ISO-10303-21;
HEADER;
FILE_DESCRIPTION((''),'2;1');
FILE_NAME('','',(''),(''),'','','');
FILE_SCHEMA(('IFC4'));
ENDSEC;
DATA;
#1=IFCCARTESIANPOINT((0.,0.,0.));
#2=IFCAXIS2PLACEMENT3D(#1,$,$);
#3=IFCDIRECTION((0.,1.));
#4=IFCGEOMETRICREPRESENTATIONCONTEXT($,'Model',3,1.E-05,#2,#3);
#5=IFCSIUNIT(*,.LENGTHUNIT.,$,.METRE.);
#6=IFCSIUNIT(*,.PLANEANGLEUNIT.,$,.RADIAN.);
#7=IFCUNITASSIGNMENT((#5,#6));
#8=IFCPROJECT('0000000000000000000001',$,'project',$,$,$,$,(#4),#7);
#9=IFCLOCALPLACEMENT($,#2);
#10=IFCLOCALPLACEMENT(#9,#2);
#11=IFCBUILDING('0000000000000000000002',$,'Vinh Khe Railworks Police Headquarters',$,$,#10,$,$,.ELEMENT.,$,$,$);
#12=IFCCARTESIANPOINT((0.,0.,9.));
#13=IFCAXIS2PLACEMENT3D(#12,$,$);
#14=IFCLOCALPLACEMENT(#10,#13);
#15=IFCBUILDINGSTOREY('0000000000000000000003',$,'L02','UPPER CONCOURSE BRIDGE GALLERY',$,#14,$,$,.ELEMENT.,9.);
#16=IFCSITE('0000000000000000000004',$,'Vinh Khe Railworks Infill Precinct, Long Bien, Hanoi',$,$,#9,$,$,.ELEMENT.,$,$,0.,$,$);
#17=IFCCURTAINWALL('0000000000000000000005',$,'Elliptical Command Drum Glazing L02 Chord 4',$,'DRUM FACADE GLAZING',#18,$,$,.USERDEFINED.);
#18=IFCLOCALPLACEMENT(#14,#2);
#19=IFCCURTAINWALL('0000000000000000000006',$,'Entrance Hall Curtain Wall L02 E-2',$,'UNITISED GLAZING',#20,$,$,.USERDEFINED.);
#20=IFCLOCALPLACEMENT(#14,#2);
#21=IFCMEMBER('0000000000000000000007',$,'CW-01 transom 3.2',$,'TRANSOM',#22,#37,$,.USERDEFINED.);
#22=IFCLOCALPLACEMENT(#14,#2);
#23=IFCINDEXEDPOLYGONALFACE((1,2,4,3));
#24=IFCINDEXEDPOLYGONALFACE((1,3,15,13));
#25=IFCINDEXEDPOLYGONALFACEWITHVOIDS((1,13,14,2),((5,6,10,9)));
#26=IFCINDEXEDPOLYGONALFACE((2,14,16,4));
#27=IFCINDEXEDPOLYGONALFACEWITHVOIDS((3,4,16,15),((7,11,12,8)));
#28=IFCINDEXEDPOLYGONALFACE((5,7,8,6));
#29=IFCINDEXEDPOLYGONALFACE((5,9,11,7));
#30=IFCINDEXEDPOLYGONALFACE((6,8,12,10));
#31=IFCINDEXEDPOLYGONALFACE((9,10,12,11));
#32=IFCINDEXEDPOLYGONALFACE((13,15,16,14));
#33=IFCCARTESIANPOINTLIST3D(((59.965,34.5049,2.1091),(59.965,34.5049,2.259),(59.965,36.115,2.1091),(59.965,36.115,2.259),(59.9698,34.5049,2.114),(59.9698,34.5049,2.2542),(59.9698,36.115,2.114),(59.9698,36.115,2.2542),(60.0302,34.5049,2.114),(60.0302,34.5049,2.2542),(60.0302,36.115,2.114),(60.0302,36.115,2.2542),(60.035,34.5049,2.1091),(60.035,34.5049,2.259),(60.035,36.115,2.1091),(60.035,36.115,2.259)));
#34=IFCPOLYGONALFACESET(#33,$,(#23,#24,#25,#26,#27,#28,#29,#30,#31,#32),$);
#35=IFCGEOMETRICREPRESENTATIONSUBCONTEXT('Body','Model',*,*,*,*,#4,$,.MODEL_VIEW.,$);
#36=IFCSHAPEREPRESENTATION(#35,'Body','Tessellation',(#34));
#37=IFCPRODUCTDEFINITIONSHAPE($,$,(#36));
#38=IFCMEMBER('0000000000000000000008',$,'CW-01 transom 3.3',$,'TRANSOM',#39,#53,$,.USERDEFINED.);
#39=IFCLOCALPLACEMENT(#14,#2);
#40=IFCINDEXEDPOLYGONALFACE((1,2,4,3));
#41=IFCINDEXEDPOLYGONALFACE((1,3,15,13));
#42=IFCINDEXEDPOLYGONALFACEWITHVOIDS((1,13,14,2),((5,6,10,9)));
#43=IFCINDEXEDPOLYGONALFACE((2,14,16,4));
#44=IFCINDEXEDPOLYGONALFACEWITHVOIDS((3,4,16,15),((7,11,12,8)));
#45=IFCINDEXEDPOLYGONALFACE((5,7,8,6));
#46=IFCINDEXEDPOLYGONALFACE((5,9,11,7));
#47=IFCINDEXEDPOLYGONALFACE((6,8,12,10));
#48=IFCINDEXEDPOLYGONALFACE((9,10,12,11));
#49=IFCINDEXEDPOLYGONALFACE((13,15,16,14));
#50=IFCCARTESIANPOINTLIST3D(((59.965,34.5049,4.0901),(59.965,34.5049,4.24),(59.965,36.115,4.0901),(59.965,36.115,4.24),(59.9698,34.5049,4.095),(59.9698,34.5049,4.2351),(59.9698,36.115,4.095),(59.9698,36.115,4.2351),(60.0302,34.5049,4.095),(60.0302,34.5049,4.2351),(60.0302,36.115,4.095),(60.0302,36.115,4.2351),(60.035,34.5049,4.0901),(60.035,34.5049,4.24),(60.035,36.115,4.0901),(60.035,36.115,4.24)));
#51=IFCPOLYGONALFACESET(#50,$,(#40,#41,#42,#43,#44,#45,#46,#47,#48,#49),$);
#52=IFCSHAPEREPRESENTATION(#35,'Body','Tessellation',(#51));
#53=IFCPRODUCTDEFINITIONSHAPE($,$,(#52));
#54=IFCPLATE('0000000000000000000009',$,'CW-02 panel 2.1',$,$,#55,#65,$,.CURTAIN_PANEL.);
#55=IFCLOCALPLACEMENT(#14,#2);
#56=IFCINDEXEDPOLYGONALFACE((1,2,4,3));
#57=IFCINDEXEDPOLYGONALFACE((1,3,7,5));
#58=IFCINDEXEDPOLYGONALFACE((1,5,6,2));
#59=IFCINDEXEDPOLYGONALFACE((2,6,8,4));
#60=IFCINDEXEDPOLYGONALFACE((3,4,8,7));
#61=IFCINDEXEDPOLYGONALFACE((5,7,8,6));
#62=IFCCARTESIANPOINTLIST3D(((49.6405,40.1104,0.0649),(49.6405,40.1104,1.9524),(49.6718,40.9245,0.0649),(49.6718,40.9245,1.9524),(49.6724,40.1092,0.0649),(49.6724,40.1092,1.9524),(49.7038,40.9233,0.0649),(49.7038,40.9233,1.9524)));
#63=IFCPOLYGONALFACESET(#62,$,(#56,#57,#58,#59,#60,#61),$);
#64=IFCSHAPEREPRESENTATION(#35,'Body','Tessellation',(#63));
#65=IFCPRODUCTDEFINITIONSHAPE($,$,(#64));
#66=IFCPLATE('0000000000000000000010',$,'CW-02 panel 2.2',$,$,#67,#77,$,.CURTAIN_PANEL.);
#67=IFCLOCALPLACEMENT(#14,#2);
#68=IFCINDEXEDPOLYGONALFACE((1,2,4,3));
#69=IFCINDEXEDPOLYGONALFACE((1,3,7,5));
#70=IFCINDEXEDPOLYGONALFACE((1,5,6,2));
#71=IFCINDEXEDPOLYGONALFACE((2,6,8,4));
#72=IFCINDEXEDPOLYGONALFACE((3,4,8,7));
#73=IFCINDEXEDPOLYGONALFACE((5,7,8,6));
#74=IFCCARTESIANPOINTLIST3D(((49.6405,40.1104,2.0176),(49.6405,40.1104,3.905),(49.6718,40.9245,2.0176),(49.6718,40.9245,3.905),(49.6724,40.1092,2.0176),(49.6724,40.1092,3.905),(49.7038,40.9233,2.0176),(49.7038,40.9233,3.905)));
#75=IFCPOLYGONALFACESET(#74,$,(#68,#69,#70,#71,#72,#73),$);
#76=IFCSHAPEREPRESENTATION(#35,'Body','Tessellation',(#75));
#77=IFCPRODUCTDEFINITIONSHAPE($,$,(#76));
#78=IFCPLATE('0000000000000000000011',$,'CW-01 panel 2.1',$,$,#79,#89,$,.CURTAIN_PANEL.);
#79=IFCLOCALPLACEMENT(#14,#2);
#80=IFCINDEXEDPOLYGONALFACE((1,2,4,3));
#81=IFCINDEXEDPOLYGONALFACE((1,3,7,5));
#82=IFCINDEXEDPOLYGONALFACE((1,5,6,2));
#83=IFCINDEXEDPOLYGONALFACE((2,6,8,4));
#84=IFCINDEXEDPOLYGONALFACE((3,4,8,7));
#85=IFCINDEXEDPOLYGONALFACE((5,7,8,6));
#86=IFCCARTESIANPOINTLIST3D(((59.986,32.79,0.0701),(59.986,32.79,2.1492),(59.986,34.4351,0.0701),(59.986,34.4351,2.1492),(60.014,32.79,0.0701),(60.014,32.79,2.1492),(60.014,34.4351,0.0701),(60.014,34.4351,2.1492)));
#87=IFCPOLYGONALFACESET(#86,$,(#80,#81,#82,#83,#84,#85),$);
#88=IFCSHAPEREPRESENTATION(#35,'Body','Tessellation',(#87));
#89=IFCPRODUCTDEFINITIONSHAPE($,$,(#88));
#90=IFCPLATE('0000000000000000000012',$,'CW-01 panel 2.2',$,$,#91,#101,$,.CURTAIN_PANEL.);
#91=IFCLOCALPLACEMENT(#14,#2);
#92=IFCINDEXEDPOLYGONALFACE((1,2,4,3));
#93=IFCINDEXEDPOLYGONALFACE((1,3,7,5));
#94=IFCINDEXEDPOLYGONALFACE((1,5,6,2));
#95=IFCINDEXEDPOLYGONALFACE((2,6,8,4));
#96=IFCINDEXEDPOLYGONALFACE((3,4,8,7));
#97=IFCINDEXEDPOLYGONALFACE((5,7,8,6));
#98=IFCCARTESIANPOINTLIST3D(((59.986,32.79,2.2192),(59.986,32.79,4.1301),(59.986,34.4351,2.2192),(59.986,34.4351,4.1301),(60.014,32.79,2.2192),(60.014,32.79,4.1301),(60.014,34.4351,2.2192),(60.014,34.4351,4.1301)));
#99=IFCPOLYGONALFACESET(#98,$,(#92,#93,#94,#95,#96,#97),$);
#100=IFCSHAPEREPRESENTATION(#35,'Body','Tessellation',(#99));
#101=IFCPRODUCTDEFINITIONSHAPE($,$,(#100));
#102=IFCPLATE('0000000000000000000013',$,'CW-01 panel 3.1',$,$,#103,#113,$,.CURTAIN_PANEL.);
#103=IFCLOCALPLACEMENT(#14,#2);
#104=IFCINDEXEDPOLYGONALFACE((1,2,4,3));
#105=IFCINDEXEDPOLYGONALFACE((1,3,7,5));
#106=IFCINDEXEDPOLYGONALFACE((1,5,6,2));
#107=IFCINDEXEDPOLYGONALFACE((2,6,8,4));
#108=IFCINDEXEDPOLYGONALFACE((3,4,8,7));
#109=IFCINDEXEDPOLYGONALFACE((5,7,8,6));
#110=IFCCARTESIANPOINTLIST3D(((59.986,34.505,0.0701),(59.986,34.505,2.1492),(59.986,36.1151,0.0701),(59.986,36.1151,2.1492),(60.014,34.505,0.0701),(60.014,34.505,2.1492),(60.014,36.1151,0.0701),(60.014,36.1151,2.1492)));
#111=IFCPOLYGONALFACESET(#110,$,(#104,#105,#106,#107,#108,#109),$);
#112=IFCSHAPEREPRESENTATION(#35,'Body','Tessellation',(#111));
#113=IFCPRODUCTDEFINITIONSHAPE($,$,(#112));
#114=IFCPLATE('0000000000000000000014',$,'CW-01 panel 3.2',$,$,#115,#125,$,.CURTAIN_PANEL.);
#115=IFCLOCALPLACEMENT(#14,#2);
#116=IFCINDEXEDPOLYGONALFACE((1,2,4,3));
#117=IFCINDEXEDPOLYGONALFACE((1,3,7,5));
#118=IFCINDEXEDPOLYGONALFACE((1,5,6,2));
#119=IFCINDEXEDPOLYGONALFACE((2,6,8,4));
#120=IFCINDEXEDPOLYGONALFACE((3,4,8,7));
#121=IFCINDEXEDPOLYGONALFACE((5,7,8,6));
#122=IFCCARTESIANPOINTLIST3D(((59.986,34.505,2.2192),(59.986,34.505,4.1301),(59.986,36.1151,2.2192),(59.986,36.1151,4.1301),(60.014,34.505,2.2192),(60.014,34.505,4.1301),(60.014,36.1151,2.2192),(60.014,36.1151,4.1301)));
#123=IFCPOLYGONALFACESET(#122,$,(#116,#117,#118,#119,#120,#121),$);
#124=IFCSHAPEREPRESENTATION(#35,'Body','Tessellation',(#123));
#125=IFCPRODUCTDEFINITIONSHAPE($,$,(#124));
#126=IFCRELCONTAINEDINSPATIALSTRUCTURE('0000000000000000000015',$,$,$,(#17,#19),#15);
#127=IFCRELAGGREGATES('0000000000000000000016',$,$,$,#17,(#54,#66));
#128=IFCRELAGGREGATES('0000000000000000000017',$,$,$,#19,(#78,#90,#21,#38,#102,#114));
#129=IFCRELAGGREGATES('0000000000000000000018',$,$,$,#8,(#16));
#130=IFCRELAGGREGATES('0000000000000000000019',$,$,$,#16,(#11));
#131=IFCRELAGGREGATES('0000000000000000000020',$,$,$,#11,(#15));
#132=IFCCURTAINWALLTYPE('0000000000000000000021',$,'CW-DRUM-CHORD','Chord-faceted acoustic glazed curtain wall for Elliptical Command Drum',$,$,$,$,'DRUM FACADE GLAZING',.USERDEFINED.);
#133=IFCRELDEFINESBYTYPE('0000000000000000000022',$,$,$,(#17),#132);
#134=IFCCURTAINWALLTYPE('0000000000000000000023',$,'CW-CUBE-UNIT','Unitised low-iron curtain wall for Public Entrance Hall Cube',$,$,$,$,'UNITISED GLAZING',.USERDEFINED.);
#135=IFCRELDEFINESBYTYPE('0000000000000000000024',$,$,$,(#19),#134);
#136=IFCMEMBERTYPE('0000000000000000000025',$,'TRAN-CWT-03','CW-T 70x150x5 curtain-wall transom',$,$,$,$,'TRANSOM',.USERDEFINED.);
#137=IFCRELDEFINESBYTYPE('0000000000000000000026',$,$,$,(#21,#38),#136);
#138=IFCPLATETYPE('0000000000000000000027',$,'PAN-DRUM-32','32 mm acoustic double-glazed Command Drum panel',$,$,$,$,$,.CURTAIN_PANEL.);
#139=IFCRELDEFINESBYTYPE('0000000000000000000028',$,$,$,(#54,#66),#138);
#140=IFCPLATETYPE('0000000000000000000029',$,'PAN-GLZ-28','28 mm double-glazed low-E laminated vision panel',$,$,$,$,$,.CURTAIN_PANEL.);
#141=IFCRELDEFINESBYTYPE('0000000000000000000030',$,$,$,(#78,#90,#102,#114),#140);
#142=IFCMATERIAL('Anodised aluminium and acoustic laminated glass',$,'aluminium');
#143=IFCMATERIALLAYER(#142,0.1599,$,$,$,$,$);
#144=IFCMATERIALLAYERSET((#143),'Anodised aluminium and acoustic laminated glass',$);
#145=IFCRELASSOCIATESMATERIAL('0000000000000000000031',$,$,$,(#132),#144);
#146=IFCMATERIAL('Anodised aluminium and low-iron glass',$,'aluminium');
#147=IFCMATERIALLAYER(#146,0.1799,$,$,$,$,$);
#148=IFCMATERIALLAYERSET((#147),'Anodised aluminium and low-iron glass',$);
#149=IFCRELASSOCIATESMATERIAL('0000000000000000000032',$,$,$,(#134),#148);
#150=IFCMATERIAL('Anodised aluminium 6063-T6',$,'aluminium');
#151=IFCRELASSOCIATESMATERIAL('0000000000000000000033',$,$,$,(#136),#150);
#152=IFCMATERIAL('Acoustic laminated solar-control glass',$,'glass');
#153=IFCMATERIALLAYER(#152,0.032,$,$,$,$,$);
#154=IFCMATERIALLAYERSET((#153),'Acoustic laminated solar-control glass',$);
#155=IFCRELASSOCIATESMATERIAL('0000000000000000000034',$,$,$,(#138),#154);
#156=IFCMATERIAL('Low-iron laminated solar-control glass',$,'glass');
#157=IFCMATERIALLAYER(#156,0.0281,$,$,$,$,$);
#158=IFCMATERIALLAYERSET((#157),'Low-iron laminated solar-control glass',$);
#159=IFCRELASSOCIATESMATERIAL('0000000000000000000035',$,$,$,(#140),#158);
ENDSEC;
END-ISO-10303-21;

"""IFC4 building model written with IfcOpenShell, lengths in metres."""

from ifc_helpers import new_model, si_unit, direction, frame, origin, origin_2d, place, context, subcontext, project, spatial, rectangle, hollow_rectangle, extrude, material, layer, layer_set, material_profile, profile_set, type_object, element, aggregate, save


model = new_model("IFC4")

# Units and contexts
model_context = context("Model", 3, precision=1e-05, world=origin(), true_north=direction((0.0, 1.0)))
body_context = subcontext(model_context, "Body", "Model", "MODEL_VIEW")
ifc_project = project(units=[si_unit("LENGTHUNIT", "METRE"), si_unit("PLANEANGLEUNIT", "RADIAN")], contexts=[model_context])

# Site, building, storey
site_placement = place(None, origin())
site = spatial("IfcSite", under=ifc_project, at=site_placement, Name="Vinh Khe Railworks Infill Precinct, Long Bien, Hanoi", CompositionType="ELEMENT", RefElevation=0.0)
building_placement = place(site_placement, origin())
building = spatial("IfcBuilding", under=site, at=building_placement, Name="Vinh Khe Railworks Police Headquarters", CompositionType="ELEMENT")
storey_placement = place(building_placement, frame((0.0, 0.0, 9.0)))
storey = spatial("IfcBuildingStorey", under=building, at=storey_placement, Name="L02", Description="UPPER CONCOURSE BRIDGE GALLERY", CompositionType="ELEMENT", Elevation=9.0)

# Curtain wall
ifc_material_1 = material(Name="Anodised aluminium and acoustic laminated glass", Category="aluminium")
ifc_layer_1 = layer(ifc_material_1, 0.1599)
ifc_layer_set_1 = layer_set([ifc_layer_1], Name="Anodised aluminium and acoustic laminated glass")
curtain_wall_type_1 = type_object("IfcCurtainWallType", Name="CW-DRUM-CHORD", Description="Chord-faceted acoustic glazed curtain wall for Elliptical Command Drum", ElementType="DRUM FACADE GLAZING", PredefinedType="USERDEFINED", material=ifc_layer_set_1)
curtain_wall_1_placement = place(storey_placement, origin())
curtain_wall_1 = element("IfcCurtainWall", 1, at=curtain_wall_1_placement, inside=storey, type_object=curtain_wall_type_1, Name="Elliptical Command Drum Glazing L02 Chord 4", ObjectType="DRUM FACADE GLAZING", PredefinedType="USERDEFINED")
ifc_material_2 = material(Name="Anodised aluminium 6063-T6", Category="aluminium")

# Curtain wall
ifc_material_3 = material(Name="Anodised aluminium and low-iron glass", Category="aluminium")
ifc_layer_2 = layer(ifc_material_3, 0.1799)
ifc_layer_set_2 = layer_set([ifc_layer_2], Name="Anodised aluminium and low-iron glass")
curtain_wall_type_2 = type_object("IfcCurtainWallType", Name="CW-CUBE-UNIT", Description="Unitised low-iron curtain wall for Public Entrance Hall Cube", ElementType="UNITISED GLAZING", PredefinedType="USERDEFINED", material=ifc_layer_set_2)
curtain_wall_2_placement = place(storey_placement, origin())
curtain_wall_2 = element("IfcCurtainWall", 2, at=curtain_wall_2_placement, inside=storey, type_object=curtain_wall_type_2, Name="Entrance Hall Curtain Wall L02 E-2", ObjectType="UNITISED GLAZING", PredefinedType="USERDEFINED")

# Members
ifc_material_profile_1 = material_profile(ifc_material_2, hollow_rectangle(XDim=0.0701, YDim=0.1499, WallThickness=0.0049, at=origin_2d()), Name="CW-T 70x150x5")
ifc_profile_set_1 = profile_set([ifc_material_profile_1], Name="Anodised aluminium 6063-T6")
member_type_1 = type_object("IfcMemberType", Name="TRAN-CWT-03", Description="CW-T 70x150x5 curtain-wall transom", ElementType="TRANSOM", PredefinedType="USERDEFINED", material=ifc_profile_set_1)
member_1_placement = place(storey_placement, frame((60.0, 34.5049, 2.1841), z_axis=(0.0, 1.0, 0.0), x_axis=(-1.0, 0.0, 0.0)))
member_1 = element("IfcMember", 3, at=member_1_placement, type_object=member_type_1, Name="CW-01 transom 3.2", ObjectType="TRANSOM", PredefinedType="USERDEFINED", context=body_context, shape_type="SweptSolid", body=[
    extrude(hollow_rectangle(XDim=0.0701, YDim=0.1499, WallThickness=0.0049, at=origin_2d()), origin(), (0.0, 0.0, 1.0), 1.6101),
])
member_2_placement = place(storey_placement, frame((60.0, 34.5049, 4.165), z_axis=(0.0, 1.0, 0.0), x_axis=(-1.0, 0.0, 0.0)))
member_2 = element("IfcMember", 4, at=member_2_placement, type_object=member_type_1, Name="CW-01 transom 3.3", ObjectType="TRANSOM", PredefinedType="USERDEFINED", context=body_context, shape_type="SweptSolid", body=[
    extrude(hollow_rectangle(XDim=0.0701, YDim=0.1499, WallThickness=0.0049, at=origin_2d()), origin(), (0.0, 0.0, 1.0), 1.6101),
])

# Plates
ifc_material_4 = material(Name="Acoustic laminated solar-control glass", Category="glass")
ifc_layer_3 = layer(ifc_material_4, 0.032)
ifc_layer_set_3 = layer_set([ifc_layer_3], Name="Acoustic laminated solar-control glass")
plate_type_1 = type_object("IfcPlateType", Name="PAN-DRUM-32", Description="32 mm acoustic double-glazed Command Drum panel", PredefinedType="CURTAIN_PANEL", material=ifc_layer_set_3)
plate_1_placement = place(storey_placement, frame((49.6721, 40.5168, 0.0649), z_axis=(0.0, 0.0, 1.0), x_axis=(0.038513, 0.999258, 0.0)))
plate_1 = element("IfcPlate", 5, at=plate_1_placement, type_object=plate_type_1, Name="CW-02 panel 2.1", PredefinedType="CURTAIN_PANEL", context=body_context, shape_type="SweptSolid", body=[
    extrude(rectangle(XDim=0.8147, YDim=0.032, at=origin_2d()), origin(), (0.0, 0.0, 1.0), 1.8875),
])
plate_2_placement = place(storey_placement, frame((49.6721, 40.5168, 2.0176), z_axis=(0.0, 0.0, 1.0), x_axis=(0.038513, 0.999258, 0.0)))
plate_2 = element("IfcPlate", 6, at=plate_2_placement, type_object=plate_type_1, Name="CW-02 panel 2.2", PredefinedType="CURTAIN_PANEL", context=body_context, shape_type="SweptSolid", body=[
    extrude(rectangle(XDim=0.8147, YDim=0.032, at=origin_2d()), origin(), (0.0, 0.0, 1.0), 1.8875),
])
aggregate(curtain_wall_1, [plate_1, plate_2])
ifc_material_5 = material(Name="Low-iron laminated solar-control glass", Category="glass")
ifc_layer_4 = layer(ifc_material_5, 0.0281)
ifc_layer_set_4 = layer_set([ifc_layer_4], Name="Low-iron laminated solar-control glass")
plate_type_2 = type_object("IfcPlateType", Name="PAN-GLZ-28", Description="28 mm double-glazed low-E laminated vision panel", PredefinedType="CURTAIN_PANEL", material=ifc_layer_set_4)
plate_3_placement = place(storey_placement, frame((60.0, 33.6125, 0.0701), z_axis=(0.0, 0.0, 1.0), x_axis=(0.0, 1.0, 0.0)))
plate_3 = element("IfcPlate", 7, at=plate_3_placement, type_object=plate_type_2, Name="CW-01 panel 2.1", PredefinedType="CURTAIN_PANEL", context=body_context, shape_type="SweptSolid", body=[
    extrude(rectangle(XDim=1.645, YDim=0.0281, at=origin_2d()), origin(), (0.0, 0.0, 1.0), 2.0791),
])
plate_4_placement = place(storey_placement, frame((60.0, 33.6125, 2.2192), z_axis=(0.0, 0.0, 1.0), x_axis=(0.0, 1.0, 0.0)))
plate_4 = element("IfcPlate", 8, at=plate_4_placement, type_object=plate_type_2, Name="CW-01 panel 2.2", PredefinedType="CURTAIN_PANEL", context=body_context, shape_type="SweptSolid", body=[
    extrude(rectangle(XDim=1.645, YDim=0.0281, at=origin_2d()), origin(), (0.0, 0.0, 1.0), 1.9109),
])
plate_5_placement = place(storey_placement, frame((60.0, 35.3101, 0.0701), z_axis=(0.0, 0.0, 1.0), x_axis=(0.0, 1.0, 0.0)))
plate_5 = element("IfcPlate", 9, at=plate_5_placement, type_object=plate_type_2, Name="CW-01 panel 3.1", PredefinedType="CURTAIN_PANEL", context=body_context, shape_type="SweptSolid", body=[
    extrude(rectangle(XDim=1.6101, YDim=0.0281, at=origin_2d()), origin(), (0.0, 0.0, 1.0), 2.0791),
])
plate_6_placement = place(storey_placement, frame((60.0, 35.3101, 2.2192), z_axis=(0.0, 0.0, 1.0), x_axis=(0.0, 1.0, 0.0)))
plate_6 = element("IfcPlate", 10, at=plate_6_placement, type_object=plate_type_2, Name="CW-01 panel 3.2", PredefinedType="CURTAIN_PANEL", context=body_context, shape_type="SweptSolid", body=[
    extrude(rectangle(XDim=1.6101, YDim=0.0281, at=origin_2d()), origin(), (0.0, 0.0, 1.0), 1.9109),
])
aggregate(curtain_wall_2, [plate_3, plate_4, member_1, member_2, plate_5, plate_6])

save(model, "model.ifc")
